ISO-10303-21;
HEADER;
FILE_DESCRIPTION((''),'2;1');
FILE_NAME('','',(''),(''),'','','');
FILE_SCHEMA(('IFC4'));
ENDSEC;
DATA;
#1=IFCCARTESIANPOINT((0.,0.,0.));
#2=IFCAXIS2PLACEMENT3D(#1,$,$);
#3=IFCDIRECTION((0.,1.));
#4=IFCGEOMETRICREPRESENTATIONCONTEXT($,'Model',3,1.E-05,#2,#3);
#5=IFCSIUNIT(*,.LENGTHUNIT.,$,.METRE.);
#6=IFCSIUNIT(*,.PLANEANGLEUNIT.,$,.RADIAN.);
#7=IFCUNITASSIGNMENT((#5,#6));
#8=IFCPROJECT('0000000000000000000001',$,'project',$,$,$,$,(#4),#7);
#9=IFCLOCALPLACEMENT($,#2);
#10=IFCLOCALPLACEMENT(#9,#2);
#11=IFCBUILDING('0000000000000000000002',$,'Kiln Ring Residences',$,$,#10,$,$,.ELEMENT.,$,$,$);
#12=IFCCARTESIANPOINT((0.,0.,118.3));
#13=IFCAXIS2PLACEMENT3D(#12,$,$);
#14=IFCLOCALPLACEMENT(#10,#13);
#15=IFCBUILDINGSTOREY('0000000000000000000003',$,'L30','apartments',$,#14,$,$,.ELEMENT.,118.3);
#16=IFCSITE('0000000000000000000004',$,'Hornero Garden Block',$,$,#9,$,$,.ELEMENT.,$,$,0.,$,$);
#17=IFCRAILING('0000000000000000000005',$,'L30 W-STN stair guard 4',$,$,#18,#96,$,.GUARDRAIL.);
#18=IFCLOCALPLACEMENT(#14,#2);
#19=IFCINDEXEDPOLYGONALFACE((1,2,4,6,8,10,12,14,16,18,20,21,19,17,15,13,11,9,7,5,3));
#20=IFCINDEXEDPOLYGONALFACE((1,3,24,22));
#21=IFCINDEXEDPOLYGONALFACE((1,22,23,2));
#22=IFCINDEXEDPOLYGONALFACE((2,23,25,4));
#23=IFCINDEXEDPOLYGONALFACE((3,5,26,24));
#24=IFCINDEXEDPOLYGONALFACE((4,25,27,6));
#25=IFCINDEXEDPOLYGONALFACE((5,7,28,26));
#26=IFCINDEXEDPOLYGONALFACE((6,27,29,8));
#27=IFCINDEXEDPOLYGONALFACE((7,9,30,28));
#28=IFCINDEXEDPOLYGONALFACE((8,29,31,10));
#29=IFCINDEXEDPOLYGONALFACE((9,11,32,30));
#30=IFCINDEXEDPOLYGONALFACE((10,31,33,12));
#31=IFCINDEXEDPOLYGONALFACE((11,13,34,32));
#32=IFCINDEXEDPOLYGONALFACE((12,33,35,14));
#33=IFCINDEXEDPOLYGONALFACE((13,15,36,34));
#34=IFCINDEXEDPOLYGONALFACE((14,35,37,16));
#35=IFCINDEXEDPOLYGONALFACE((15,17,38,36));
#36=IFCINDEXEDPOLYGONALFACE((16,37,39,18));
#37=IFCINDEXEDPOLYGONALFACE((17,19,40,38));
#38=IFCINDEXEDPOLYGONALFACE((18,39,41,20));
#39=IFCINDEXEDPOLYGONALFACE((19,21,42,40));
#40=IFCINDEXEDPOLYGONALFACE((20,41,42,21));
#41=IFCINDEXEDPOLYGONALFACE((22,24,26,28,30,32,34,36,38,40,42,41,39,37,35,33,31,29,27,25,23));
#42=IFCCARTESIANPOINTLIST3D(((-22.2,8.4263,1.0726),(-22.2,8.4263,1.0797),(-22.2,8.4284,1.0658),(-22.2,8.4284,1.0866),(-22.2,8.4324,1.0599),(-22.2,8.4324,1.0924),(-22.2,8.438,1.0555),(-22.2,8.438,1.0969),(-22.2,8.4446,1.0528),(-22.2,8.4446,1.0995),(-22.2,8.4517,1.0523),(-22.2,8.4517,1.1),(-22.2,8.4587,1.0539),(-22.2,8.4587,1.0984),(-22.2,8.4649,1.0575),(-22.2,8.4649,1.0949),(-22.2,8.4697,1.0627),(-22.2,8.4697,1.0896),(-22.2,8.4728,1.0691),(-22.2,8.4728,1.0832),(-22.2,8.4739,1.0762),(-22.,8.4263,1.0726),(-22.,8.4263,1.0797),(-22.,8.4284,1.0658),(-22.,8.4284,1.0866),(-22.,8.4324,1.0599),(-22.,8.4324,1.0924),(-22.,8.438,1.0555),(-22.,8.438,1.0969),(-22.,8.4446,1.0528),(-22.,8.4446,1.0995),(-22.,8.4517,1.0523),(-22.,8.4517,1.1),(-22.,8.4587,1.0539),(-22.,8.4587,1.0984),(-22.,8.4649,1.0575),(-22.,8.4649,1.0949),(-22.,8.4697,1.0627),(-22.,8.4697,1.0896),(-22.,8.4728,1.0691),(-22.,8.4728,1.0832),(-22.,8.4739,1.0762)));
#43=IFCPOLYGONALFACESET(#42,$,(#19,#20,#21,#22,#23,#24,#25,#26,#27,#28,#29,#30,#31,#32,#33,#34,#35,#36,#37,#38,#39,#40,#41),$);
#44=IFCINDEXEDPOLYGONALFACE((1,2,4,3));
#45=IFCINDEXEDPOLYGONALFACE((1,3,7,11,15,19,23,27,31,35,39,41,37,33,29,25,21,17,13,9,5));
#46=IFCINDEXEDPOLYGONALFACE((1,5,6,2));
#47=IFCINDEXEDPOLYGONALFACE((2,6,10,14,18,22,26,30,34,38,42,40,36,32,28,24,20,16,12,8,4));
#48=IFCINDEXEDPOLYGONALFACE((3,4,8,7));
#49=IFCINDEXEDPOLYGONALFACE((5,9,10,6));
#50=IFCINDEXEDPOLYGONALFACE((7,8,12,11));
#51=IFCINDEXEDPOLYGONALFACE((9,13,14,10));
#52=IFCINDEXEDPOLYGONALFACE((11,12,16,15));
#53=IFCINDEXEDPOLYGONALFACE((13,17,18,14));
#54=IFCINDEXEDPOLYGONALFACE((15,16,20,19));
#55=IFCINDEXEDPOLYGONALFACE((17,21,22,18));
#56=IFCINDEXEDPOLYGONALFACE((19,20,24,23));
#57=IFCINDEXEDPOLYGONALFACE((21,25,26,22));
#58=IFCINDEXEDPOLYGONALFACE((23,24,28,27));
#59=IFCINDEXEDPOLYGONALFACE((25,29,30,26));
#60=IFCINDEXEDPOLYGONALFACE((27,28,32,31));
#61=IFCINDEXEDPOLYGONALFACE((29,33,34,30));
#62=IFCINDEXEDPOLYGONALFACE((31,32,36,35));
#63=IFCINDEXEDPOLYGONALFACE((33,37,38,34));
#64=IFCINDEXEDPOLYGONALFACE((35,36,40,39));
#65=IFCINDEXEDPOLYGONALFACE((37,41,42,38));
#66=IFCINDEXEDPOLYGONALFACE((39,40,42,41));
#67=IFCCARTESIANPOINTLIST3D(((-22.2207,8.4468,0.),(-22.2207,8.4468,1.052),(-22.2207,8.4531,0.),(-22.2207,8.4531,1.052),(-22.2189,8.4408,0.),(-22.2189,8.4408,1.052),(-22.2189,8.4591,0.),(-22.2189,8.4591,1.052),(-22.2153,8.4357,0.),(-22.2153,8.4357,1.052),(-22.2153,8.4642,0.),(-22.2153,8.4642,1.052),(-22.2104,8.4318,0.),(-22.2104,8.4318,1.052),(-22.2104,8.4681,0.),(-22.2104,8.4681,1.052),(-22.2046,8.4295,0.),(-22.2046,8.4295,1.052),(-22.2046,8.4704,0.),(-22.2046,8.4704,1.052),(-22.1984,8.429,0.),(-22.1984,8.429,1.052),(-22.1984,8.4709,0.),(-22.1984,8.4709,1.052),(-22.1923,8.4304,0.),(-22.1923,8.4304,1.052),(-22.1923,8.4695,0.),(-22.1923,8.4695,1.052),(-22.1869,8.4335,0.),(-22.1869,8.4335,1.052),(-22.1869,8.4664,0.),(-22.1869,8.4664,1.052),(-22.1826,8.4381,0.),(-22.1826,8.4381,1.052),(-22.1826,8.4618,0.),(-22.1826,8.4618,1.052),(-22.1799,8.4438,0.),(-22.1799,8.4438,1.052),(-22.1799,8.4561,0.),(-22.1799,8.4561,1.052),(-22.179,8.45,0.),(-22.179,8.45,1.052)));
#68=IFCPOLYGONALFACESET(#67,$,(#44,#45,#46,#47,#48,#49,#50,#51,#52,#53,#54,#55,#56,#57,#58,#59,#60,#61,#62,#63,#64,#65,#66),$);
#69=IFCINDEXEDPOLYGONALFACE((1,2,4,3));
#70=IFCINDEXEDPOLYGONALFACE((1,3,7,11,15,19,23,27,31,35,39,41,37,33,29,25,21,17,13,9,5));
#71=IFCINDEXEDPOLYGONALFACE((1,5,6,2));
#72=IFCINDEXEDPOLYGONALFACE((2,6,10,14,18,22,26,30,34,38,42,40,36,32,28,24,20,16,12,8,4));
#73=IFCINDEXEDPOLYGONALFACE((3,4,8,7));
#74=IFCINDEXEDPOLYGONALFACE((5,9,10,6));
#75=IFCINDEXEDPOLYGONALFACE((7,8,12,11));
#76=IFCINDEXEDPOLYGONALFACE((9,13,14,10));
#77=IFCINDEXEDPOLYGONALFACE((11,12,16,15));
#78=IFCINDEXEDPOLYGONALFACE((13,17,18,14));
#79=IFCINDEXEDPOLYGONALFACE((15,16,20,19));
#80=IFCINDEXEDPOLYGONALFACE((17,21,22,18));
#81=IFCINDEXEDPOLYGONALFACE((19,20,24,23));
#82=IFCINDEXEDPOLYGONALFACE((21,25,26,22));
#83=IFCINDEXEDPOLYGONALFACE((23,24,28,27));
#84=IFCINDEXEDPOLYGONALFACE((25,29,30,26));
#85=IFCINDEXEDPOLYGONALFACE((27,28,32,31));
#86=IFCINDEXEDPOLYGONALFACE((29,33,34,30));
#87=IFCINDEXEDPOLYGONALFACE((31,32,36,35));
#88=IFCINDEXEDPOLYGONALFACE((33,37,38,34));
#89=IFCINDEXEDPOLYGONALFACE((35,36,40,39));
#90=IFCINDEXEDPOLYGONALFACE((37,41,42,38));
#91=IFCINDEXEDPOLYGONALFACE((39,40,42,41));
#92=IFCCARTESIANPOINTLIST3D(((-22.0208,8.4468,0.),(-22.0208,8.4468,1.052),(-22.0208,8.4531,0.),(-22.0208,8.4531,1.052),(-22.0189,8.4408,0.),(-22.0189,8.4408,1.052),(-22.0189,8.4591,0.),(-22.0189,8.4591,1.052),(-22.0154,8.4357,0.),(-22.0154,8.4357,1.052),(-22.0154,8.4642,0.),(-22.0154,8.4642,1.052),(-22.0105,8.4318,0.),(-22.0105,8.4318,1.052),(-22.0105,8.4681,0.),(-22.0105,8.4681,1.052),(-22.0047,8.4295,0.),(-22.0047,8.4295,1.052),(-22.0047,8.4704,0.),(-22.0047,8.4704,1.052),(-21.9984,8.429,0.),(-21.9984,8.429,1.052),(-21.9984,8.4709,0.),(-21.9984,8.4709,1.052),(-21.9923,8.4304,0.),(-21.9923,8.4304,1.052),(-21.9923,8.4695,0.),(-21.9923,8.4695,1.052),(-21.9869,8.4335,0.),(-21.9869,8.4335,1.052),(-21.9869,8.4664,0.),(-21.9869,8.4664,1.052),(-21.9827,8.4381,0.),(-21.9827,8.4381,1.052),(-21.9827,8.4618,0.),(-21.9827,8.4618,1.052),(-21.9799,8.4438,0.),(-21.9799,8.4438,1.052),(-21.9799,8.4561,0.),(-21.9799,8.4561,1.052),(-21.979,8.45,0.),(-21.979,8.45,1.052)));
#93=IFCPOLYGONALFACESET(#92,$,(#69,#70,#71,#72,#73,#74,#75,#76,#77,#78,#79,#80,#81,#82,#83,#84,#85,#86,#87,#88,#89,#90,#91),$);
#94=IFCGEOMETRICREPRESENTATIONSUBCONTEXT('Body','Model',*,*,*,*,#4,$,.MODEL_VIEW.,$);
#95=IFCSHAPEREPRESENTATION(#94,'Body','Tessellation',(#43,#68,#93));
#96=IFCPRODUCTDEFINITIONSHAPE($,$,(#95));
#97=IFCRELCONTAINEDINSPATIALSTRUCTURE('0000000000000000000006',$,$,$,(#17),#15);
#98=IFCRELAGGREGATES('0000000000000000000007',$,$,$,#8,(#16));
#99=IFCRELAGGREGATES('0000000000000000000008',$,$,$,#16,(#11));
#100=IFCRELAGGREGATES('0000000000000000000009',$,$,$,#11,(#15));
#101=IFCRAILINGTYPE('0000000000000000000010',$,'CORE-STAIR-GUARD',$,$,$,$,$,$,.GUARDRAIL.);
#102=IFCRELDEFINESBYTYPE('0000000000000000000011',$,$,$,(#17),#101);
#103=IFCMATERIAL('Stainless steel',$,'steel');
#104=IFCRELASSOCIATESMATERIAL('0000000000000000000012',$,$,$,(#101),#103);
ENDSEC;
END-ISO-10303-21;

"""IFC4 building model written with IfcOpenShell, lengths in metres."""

from ifc_helpers import new_model, si_unit, direction, frame, origin, origin_2d, place, context, subcontext, project, spatial, circle, extrude, material, type_object, element, save


model = new_model("IFC4")

# Units and contexts
model_context = context("Model", 3, precision=1e-05, world=origin(), true_north=direction((0.0, 1.0)))
body_context = subcontext(model_context, "Body", "Model", "MODEL_VIEW")
ifc_project = project(units=[si_unit("LENGTHUNIT", "METRE"), si_unit("PLANEANGLEUNIT", "RADIAN")], contexts=[model_context])

# Site, building, storey
site_placement = place(None, origin())
site = spatial("IfcSite", under=ifc_project, at=site_placement, Name="Hornero Garden Block", CompositionType="ELEMENT", RefElevation=0.0)
building_placement = place(site_placement, origin())
building = spatial("IfcBuilding", under=site, at=building_placement, Name="Kiln Ring Residences", CompositionType="ELEMENT")
storey_placement = place(building_placement, frame((0.0, 0.0, 118.3)))
storey = spatial("IfcBuildingStorey", under=building, at=storey_placement, Name="L30", Description="apartments", CompositionType="ELEMENT", Elevation=118.3)

# Railing
ifc_material_1 = material(Name="Stainless steel", Category="steel")
railing_type_1 = type_object("IfcRailingType", Name="CORE-STAIR-GUARD", PredefinedType="GUARDRAIL", material=ifc_material_1)
railing_1_placement = place(storey_placement, frame((-22.2, 8.45, 0.0)))
element("IfcRailing", 1, at=railing_1_placement, inside=storey, type_object=railing_type_1, Name="L30 W-STN stair guard 4", PredefinedType="GUARDRAIL", context=body_context, shape_type="SweptSolid", body=[
    extrude(circle(Radius=0.0239, at=origin_2d()), frame((0.0, 0.0, 1.0762), z_axis=(1.0, 0.0, 0.0), x_axis=(0.0, 1.0, 0.0)), (0.0, 0.0, 1.0), 0.2),
    extrude(circle(Radius=0.021, at=origin_2d()), origin(), (0.0, 0.0, 1.0), 1.052),
    extrude(circle(Radius=0.021, at=origin_2d()), frame((0.2, 0.0, 0.0)), (0.0, 0.0, 1.0), 1.052),
])

save(model, "model.ifc")
